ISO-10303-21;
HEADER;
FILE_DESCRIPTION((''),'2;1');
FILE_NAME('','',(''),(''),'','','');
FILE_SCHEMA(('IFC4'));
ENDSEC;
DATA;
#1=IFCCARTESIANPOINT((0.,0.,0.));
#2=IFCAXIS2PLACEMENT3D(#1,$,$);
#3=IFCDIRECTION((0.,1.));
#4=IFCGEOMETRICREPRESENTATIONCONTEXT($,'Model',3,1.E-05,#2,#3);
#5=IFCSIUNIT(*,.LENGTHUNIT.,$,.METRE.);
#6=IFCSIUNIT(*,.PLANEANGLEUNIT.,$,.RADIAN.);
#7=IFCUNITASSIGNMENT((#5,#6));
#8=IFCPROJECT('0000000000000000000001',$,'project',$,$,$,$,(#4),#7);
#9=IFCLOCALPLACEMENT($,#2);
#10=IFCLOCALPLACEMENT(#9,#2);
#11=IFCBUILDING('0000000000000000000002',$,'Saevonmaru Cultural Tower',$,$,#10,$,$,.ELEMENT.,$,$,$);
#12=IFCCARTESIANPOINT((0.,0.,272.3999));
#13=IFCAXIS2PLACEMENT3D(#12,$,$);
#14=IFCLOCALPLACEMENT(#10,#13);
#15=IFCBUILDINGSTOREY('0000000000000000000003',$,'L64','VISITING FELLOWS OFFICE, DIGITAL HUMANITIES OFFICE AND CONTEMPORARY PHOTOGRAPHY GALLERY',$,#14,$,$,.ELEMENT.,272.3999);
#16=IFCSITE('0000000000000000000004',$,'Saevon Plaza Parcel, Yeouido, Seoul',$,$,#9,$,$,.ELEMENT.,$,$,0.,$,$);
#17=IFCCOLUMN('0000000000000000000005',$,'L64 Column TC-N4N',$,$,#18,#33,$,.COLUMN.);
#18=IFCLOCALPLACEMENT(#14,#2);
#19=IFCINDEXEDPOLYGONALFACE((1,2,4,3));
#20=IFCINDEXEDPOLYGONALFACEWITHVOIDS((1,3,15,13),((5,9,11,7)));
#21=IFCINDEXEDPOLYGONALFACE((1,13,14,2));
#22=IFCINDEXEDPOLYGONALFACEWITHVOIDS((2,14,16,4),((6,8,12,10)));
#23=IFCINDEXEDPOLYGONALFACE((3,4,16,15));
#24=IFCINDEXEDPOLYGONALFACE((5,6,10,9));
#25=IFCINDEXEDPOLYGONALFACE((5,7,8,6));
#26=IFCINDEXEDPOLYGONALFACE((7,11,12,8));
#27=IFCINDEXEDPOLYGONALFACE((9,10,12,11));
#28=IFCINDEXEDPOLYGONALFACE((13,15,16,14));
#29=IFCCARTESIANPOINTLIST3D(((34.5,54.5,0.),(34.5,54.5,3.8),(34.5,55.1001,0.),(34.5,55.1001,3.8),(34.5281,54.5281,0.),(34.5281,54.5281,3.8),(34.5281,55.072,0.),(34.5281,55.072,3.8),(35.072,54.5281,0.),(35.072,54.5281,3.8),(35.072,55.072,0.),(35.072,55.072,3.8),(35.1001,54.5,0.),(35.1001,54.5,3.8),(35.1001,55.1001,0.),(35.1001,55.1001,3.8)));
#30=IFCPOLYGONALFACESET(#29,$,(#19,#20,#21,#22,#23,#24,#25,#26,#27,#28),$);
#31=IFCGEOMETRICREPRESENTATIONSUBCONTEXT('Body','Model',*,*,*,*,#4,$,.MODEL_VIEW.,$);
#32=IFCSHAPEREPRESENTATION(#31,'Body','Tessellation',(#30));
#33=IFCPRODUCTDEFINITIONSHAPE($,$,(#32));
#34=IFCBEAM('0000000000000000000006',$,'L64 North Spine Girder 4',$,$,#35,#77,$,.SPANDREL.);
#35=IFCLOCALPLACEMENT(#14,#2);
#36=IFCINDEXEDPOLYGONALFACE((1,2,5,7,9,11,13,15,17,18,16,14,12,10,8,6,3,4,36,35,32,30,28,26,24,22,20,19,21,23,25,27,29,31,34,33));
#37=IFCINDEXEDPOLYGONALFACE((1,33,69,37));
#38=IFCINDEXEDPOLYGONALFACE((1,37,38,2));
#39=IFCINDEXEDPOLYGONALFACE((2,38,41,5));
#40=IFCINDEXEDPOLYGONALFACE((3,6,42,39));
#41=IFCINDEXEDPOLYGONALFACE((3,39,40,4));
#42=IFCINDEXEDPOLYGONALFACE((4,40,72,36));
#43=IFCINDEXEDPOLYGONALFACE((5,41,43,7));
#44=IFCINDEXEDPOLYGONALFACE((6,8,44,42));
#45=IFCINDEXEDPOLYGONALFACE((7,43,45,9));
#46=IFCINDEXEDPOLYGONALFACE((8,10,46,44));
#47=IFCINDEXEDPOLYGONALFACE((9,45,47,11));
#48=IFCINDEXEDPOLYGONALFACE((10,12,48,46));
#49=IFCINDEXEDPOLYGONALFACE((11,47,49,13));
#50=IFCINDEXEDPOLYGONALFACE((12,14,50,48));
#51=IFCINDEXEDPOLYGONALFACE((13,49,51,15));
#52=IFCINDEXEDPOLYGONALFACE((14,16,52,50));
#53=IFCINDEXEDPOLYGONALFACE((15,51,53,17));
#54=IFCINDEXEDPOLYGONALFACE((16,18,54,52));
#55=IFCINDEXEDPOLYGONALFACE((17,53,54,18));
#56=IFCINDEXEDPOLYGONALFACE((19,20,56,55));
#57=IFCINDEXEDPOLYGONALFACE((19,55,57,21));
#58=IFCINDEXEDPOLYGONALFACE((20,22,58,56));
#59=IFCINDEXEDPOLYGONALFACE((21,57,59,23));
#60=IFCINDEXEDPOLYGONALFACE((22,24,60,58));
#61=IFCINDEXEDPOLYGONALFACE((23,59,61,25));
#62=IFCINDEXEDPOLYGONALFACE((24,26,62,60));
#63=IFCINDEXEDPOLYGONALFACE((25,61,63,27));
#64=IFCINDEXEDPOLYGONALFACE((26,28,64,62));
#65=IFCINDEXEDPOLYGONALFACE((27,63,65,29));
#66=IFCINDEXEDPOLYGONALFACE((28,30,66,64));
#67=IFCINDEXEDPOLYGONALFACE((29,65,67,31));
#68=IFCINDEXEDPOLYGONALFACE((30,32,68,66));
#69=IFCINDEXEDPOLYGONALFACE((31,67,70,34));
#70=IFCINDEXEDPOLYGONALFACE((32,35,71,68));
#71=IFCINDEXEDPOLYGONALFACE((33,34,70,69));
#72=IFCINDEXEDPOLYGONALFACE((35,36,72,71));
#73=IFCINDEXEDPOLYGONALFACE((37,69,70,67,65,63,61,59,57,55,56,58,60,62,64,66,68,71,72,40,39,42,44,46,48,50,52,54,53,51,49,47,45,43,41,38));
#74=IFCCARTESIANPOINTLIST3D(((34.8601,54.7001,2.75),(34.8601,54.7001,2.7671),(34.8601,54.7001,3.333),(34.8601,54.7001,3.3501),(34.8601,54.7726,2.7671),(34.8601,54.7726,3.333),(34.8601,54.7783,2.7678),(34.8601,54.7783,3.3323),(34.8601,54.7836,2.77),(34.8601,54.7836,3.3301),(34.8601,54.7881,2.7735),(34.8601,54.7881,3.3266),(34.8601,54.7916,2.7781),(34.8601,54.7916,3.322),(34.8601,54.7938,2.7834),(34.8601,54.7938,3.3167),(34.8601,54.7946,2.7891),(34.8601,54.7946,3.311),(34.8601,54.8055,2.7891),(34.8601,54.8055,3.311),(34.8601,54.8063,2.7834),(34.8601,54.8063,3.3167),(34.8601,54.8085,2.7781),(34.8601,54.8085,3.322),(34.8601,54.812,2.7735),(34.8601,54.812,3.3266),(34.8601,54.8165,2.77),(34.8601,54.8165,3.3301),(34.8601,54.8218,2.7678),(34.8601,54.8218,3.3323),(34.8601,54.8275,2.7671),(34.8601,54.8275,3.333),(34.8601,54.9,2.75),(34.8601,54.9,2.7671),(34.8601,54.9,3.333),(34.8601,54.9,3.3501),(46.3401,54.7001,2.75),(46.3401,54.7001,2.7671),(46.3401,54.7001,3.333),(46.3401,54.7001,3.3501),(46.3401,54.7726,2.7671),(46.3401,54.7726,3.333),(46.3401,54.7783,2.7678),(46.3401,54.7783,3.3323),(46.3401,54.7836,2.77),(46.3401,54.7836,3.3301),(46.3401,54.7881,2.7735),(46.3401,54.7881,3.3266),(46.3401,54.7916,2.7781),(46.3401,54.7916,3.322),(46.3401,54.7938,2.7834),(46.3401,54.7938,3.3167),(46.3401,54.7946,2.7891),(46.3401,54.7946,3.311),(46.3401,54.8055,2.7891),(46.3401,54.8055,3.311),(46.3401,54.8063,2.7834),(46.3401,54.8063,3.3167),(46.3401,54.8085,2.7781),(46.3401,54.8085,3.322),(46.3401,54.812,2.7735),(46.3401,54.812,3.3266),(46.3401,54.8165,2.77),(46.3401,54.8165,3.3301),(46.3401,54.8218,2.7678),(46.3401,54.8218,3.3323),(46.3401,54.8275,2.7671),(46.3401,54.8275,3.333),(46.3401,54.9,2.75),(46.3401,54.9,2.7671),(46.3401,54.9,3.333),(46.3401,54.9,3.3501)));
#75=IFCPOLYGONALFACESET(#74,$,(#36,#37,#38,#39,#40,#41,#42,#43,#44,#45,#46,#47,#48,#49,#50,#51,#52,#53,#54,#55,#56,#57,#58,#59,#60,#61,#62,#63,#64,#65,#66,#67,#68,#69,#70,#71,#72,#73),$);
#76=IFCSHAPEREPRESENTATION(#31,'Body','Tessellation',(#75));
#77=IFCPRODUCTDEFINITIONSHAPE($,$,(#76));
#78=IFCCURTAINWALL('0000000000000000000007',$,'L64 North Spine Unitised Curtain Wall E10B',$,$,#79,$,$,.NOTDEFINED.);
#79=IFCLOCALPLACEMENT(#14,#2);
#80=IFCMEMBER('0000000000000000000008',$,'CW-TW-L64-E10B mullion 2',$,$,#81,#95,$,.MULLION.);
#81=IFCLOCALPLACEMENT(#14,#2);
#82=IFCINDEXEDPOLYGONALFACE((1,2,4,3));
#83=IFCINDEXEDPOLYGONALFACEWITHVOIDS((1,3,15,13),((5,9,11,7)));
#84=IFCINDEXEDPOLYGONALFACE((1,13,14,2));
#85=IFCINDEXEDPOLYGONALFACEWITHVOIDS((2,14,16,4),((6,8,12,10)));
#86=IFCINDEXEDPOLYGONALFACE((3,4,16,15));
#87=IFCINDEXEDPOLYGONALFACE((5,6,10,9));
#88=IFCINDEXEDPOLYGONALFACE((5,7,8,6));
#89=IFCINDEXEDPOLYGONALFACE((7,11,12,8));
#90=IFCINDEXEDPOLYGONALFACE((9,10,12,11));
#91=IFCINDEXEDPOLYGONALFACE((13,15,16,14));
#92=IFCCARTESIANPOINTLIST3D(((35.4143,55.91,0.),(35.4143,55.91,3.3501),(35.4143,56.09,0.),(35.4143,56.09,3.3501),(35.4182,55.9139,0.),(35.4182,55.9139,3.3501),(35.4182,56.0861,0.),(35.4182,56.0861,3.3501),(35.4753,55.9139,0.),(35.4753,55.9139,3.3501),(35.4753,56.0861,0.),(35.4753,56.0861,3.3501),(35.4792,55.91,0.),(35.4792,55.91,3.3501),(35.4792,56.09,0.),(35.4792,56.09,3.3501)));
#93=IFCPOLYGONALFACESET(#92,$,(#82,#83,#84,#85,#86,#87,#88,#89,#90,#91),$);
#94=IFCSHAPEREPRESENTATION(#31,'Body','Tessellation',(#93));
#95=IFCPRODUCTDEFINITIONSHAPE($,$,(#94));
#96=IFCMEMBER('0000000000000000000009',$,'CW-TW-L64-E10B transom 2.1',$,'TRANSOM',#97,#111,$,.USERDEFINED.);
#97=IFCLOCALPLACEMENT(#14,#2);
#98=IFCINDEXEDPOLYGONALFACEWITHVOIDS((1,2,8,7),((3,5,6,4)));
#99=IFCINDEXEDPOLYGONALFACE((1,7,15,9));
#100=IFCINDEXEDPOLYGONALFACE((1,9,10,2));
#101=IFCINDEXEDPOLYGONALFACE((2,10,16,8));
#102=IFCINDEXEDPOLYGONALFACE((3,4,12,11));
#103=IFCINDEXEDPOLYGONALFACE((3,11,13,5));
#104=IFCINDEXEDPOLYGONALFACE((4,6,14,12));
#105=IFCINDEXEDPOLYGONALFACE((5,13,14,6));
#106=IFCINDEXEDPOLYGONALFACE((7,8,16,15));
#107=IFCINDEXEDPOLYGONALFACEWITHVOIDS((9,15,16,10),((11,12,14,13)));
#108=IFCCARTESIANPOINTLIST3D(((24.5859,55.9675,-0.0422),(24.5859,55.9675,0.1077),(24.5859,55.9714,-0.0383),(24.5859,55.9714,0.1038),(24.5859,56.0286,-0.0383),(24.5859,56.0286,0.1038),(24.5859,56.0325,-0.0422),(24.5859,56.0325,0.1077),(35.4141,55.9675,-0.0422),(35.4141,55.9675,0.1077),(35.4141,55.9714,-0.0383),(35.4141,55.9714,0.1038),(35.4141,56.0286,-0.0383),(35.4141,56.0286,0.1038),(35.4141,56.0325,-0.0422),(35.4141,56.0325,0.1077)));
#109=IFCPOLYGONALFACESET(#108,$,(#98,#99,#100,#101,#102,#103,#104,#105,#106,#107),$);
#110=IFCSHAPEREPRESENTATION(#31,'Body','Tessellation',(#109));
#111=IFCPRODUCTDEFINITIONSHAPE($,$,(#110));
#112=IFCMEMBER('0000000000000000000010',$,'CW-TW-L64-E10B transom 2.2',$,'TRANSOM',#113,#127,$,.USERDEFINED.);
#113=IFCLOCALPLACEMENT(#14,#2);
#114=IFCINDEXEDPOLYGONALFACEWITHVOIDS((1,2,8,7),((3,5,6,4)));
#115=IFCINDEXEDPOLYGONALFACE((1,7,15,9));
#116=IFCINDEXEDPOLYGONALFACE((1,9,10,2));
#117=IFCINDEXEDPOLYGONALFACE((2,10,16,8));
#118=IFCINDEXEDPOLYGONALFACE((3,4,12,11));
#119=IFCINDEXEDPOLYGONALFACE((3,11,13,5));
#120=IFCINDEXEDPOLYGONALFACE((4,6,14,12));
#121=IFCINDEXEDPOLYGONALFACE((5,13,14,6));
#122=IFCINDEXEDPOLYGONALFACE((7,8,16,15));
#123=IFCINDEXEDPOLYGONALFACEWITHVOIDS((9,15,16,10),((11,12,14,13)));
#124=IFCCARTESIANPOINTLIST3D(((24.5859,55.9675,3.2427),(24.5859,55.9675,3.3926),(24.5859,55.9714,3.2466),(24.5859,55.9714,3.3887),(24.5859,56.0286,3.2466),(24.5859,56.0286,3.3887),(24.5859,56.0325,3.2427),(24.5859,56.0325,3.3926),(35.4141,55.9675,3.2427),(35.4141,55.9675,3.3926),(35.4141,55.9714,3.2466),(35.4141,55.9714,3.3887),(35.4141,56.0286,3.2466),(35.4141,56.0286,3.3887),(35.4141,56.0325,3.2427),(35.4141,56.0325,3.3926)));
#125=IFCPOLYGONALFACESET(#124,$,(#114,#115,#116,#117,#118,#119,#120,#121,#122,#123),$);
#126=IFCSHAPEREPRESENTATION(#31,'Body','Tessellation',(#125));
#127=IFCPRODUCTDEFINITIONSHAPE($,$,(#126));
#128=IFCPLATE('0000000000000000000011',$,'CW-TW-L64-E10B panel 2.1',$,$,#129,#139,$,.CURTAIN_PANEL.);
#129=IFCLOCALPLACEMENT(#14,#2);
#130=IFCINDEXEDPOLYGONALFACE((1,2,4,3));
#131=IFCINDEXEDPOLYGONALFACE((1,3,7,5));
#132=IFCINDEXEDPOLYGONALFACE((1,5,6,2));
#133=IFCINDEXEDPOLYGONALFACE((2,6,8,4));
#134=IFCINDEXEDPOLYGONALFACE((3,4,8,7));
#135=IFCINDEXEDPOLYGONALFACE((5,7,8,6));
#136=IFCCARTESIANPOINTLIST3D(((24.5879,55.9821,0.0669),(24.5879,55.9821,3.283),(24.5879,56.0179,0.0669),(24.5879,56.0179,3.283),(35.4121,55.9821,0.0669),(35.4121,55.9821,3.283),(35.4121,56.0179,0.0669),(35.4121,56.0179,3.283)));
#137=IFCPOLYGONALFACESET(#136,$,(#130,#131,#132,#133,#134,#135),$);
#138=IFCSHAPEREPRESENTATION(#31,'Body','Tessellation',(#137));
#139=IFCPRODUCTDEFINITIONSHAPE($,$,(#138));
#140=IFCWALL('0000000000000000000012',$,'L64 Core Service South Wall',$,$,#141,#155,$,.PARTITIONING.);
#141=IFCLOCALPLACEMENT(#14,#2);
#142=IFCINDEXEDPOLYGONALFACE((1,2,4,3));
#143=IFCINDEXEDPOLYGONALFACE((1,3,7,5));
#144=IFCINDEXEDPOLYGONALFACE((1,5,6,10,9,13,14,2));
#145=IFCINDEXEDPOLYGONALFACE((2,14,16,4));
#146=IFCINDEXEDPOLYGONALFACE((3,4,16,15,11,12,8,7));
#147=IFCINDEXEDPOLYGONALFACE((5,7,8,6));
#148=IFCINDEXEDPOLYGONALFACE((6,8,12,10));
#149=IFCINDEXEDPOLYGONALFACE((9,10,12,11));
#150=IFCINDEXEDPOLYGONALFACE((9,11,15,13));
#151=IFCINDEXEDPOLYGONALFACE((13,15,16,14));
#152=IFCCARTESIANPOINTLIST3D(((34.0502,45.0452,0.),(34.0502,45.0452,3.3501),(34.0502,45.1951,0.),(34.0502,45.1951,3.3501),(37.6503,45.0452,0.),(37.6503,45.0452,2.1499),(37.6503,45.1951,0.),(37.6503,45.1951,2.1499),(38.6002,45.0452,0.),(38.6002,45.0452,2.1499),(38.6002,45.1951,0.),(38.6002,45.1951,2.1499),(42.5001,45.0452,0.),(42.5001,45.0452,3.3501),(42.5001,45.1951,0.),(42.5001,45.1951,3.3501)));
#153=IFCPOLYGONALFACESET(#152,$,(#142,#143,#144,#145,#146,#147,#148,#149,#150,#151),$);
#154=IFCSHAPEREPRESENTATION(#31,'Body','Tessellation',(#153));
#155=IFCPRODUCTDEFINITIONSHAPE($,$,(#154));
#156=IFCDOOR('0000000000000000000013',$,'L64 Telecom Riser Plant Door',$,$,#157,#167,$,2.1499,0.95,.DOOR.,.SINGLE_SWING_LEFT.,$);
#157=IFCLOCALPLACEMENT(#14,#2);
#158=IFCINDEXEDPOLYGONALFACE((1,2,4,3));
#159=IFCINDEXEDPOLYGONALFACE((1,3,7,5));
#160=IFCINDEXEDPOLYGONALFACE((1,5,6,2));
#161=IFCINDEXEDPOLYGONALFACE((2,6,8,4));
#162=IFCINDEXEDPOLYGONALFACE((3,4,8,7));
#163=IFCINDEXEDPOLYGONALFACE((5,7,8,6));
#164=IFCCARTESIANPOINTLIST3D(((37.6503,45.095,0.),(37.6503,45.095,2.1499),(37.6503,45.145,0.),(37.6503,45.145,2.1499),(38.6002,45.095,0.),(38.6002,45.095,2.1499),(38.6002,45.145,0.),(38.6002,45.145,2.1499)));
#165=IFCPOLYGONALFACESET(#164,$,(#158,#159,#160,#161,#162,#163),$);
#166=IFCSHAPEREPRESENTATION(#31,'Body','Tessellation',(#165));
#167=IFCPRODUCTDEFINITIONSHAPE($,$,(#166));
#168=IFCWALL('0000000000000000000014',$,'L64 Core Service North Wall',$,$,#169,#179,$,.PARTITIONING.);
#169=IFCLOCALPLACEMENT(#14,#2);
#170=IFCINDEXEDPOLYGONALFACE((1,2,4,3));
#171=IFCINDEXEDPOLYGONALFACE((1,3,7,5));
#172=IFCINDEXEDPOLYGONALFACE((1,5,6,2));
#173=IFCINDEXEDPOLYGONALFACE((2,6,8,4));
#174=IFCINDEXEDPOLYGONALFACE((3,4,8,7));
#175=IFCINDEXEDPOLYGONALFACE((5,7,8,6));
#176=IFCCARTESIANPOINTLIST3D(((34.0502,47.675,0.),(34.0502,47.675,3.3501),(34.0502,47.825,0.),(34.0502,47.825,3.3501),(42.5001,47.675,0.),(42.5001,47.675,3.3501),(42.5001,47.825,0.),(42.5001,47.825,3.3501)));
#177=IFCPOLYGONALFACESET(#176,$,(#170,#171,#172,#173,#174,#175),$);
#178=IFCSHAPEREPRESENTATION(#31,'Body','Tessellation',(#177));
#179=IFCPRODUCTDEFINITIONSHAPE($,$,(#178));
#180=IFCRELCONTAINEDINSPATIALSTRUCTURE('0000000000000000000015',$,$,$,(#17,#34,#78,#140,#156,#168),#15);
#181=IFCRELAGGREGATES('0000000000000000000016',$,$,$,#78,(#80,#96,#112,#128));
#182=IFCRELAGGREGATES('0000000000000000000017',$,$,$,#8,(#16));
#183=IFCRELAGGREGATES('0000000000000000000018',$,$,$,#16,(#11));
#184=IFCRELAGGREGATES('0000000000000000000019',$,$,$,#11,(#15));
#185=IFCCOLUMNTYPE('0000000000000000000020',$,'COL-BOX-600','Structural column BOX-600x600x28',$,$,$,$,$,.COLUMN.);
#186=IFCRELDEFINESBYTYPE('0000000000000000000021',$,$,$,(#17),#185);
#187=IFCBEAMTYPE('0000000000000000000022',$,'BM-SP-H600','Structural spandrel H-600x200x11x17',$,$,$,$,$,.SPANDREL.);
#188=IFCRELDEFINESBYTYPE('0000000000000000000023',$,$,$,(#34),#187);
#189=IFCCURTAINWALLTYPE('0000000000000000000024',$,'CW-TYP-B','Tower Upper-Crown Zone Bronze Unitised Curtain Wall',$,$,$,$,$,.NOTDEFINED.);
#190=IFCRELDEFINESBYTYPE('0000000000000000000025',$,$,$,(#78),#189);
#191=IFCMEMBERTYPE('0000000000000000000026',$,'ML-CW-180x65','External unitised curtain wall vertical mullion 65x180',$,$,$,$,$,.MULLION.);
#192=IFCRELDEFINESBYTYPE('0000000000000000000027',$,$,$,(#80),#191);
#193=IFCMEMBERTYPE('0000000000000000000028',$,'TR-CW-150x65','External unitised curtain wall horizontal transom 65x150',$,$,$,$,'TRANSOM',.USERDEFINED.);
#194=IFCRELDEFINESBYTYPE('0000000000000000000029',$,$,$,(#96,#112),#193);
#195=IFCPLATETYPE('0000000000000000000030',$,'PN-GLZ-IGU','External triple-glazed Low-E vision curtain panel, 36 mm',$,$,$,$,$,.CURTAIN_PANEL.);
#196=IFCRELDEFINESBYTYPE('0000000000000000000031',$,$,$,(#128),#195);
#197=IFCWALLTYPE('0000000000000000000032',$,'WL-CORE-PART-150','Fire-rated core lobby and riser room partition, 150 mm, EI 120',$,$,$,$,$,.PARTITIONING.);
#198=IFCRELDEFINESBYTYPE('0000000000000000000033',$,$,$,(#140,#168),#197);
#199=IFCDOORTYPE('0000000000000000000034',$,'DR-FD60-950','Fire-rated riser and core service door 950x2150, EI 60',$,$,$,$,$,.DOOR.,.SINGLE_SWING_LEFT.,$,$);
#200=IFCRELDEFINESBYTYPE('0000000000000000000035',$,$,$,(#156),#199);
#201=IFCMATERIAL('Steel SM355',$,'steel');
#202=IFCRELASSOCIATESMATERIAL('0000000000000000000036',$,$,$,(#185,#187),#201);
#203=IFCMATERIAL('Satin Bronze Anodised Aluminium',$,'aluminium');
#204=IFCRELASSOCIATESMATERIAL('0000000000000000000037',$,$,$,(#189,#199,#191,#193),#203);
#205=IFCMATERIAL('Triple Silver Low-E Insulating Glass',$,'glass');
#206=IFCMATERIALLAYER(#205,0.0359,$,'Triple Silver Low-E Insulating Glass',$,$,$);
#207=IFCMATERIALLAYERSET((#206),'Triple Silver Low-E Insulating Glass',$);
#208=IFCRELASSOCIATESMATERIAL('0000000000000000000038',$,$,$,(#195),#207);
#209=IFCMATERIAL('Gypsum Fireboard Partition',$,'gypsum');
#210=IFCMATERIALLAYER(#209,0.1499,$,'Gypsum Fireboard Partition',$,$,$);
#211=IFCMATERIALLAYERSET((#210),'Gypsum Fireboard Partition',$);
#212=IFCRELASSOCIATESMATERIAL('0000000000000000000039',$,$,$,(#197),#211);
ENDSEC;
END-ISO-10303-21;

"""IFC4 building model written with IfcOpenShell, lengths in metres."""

from ifc_helpers import new_model, si_unit, direction, frame, frame_2d, origin, origin_2d, place, context, subcontext, project, spatial, rectangle, hollow_rectangle, i_section, extrude, material, layer, layer_set, material_profile, profile_set, type_object, element, fill, aggregate, save


model = new_model("IFC4")

# Units and contexts
model_context = context("Model", 3, precision=1e-05, world=origin(), true_north=direction((0.0, 1.0)))
body_context = subcontext(model_context, "Body", "Model", "MODEL_VIEW")
ifc_project = project(units=[si_unit("LENGTHUNIT", "METRE"), si_unit("PLANEANGLEUNIT", "RADIAN")], contexts=[model_context])

# Site, building, storey
site_placement = place(None, origin())
site = spatial("IfcSite", under=ifc_project, at=site_placement, Name="Saevon Plaza Parcel, Yeouido, Seoul", CompositionType="ELEMENT", RefElevation=0.0)
building_placement = place(site_placement, origin())
building = spatial("IfcBuilding", under=site, at=building_placement, Name="Saevonmaru Cultural Tower", CompositionType="ELEMENT")
storey_placement = place(building_placement, frame((0.0, 0.0, 272.3999)))
storey = spatial("IfcBuildingStorey", under=building, at=storey_placement, Name="L64", Description="VISITING FELLOWS OFFICE, DIGITAL HUMANITIES OFFICE AND CONTEMPORARY PHOTOGRAPHY GALLERY", CompositionType="ELEMENT", Elevation=272.3999)

# Column
ifc_material_1 = material(Name="Steel SM355", Category="steel")
ifc_material_profile_1 = material_profile(ifc_material_1, hollow_rectangle(XDim=0.6001, YDim=0.6001, WallThickness=0.0281, at=origin_2d()), Name="BOX-600x600x28")
ifc_profile_set_1 = profile_set([ifc_material_profile_1], Name="Steel SM355")
column_type = type_object("IfcColumnType", Name="COL-BOX-600", Description="Structural column BOX-600x600x28", PredefinedType="COLUMN", material=ifc_profile_set_1)
column_placement = place(storey_placement, frame((34.8, 54.8, 0.0), z_axis=(0.0, 0.0, 1.0), x_axis=(1.0, 0.0, 0.0)))
element("IfcColumn", 1, at=column_placement, inside=storey, type_object=column_type, Name="L64 Column TC-N4N", PredefinedType="COLUMN", context=body_context, shape_type="SweptSolid", body=[
    extrude(hollow_rectangle(XDim=0.6001, YDim=0.6001, WallThickness=0.0281, at=origin_2d()), origin(), (0.0, 0.0, 1.0), 3.8),
])

# Beam
ifc_material_profile_2 = material_profile(ifc_material_1, i_section(OverallWidth=0.2, OverallDepth=0.6001, WebThickness=0.011, FlangeThickness=0.0171, FilletRadius=0.022, at=origin_2d()), Name="H-600x200x11x17")
ifc_profile_set_2 = profile_set([ifc_material_profile_2], Name="Steel SM355")
beam_type = type_object("IfcBeamType", Name="BM-SP-H600", Description="Structural spandrel H-600x200x11x17", PredefinedType="SPANDREL", material=ifc_profile_set_2)
beam_placement = place(storey_placement, frame((34.8601, 54.8, 3.05), z_axis=(1.0, 0.0, 0.0), x_axis=(0.0, 1.0, 0.0)))
element("IfcBeam", 2, at=beam_placement, inside=storey, type_object=beam_type, Name="L64 North Spine Girder 4", PredefinedType="SPANDREL", context=body_context, shape_type="SweptSolid", body=[
    extrude(i_section(OverallWidth=0.2, OverallDepth=0.6001, WebThickness=0.011, FlangeThickness=0.0171, FilletRadius=0.022, at=origin_2d()), origin(), (0.0, 0.0, 1.0), 11.48),
])

# Curtain wall, members, plate
ifc_material_2 = material(Name="Satin Bronze Anodised Aluminium", Category="aluminium")
curtain_wall_type = type_object("IfcCurtainWallType", Name="CW-TYP-B", Description="Tower Upper-Crown Zone Bronze Unitised Curtain Wall", PredefinedType="NOTDEFINED", material=ifc_material_2)
curtain_wall_placement = place(storey_placement, origin())
curtain_wall = element("IfcCurtainWall", 3, at=curtain_wall_placement, inside=storey, type_object=curtain_wall_type, Name="L64 North Spine Unitised Curtain Wall E10B", PredefinedType="NOTDEFINED")
ifc_material_profile_3 = material_profile(ifc_material_2, hollow_rectangle(XDim=0.0649, YDim=0.1799, WallThickness=0.0039, at=origin_2d()), Name="ALU-MULL-180x65x4")
ifc_profile_set_3 = profile_set([ifc_material_profile_3], Name="Satin Bronze Anodised Aluminium")
member_type_1 = type_object("IfcMemberType", Name="ML-CW-180x65", Description="External unitised curtain wall vertical mullion 65x180", PredefinedType="MULLION", material=ifc_profile_set_3)
member_1_placement = place(storey_placement, frame((35.4468, 56.0, 0.0), z_axis=(0.0, 0.0, 1.0), x_axis=(-1.0, 0.0, 0.0)))
member_1 = element("IfcMember", 4, at=member_1_placement, type_object=member_type_1, Name="CW-TW-L64-E10B mullion 2", PredefinedType="MULLION", context=body_context, shape_type="SweptSolid", body=[
    extrude(hollow_rectangle(XDim=0.0649, YDim=0.1799, WallThickness=0.0039, at=origin_2d()), origin(), (0.0, 0.0, 1.0), 3.3501),
])
ifc_material_profile_4 = material_profile(ifc_material_2, hollow_rectangle(XDim=0.0649, YDim=0.1499, WallThickness=0.0039, at=origin_2d()), Name="ALU-TRAN-150x65x4")
ifc_profile_set_4 = profile_set([ifc_material_profile_4], Name="Satin Bronze Anodised Aluminium")
member_type_2 = type_object("IfcMemberType", Name="TR-CW-150x65", Description="External unitised curtain wall horizontal transom 65x150", ElementType="TRANSOM", PredefinedType="USERDEFINED", material=ifc_profile_set_4)
member_2_placement = place(storey_placement, frame((35.4141, 56.0, 0.0327), z_axis=(-1.0, 0.0, 0.0), x_axis=(0.0, -1.0, 0.0)))
member_2 = element("IfcMember", 5, at=member_2_placement, type_object=member_type_2, Name="CW-TW-L64-E10B transom 2.1", ObjectType="TRANSOM", PredefinedType="USERDEFINED", context=body_context, shape_type="SweptSolid", body=[
    extrude(hollow_rectangle(XDim=0.0649, YDim=0.1499, WallThickness=0.0039, at=origin_2d()), origin(), (0.0, 0.0, 1.0), 10.8281),
])
member_3_placement = place(storey_placement, frame((35.4141, 56.0, 3.3176), z_axis=(-1.0, 0.0, 0.0), x_axis=(0.0, -1.0, 0.0)))
member_3 = element("IfcMember", 6, at=member_3_placement, type_object=member_type_2, Name="CW-TW-L64-E10B transom 2.2", ObjectType="TRANSOM", PredefinedType="USERDEFINED", context=body_context, shape_type="SweptSolid", body=[
    extrude(hollow_rectangle(XDim=0.0649, YDim=0.1499, WallThickness=0.0039, at=origin_2d()), origin(), (0.0, 0.0, 1.0), 10.8281),
])
ifc_material_3 = material(Name="Triple Silver Low-E Insulating Glass", Category="glass")
ifc_layer_1 = layer(ifc_material_3, 0.0359, Name="Triple Silver Low-E Insulating Glass")
ifc_layer_set_1 = layer_set([ifc_layer_1], Name="Triple Silver Low-E Insulating Glass")
plate_type = type_object("IfcPlateType", Name="PN-GLZ-IGU", Description="External triple-glazed Low-E vision curtain panel, 36 mm", PredefinedType="CURTAIN_PANEL", material=ifc_layer_set_1)
plate_placement = place(storey_placement, frame((30.0, 56.0, 0.0669), z_axis=(0.0, 0.0, 1.0), x_axis=(-1.0, 0.0, 0.0)))
plate = element("IfcPlate", 7, at=plate_placement, type_object=plate_type, Name="CW-TW-L64-E10B panel 2.1", PredefinedType="CURTAIN_PANEL", context=body_context, shape_type="SweptSolid", body=[
    extrude(rectangle(XDim=10.8242, YDim=0.0359, at=origin_2d()), origin(), (0.0, 0.0, 1.0), 3.2161),
])
aggregate(curtain_wall, [member_1, member_2, member_3, plate])

# Wall, opening, door
ifc_material_4 = material(Name="Gypsum Fireboard Partition", Category="gypsum")
ifc_layer_2 = layer(ifc_material_4, 0.1499, Name="Gypsum Fireboard Partition")
ifc_layer_set_2 = layer_set([ifc_layer_2], Name="Gypsum Fireboard Partition")
wall_type_1 = type_object("IfcWallType", Name="WL-CORE-PART-150", Description="Fire-rated core lobby and riser room partition, 150 mm, EI 120", PredefinedType="PARTITIONING", material=ifc_layer_set_2)
wall_1_placement = place(storey_placement, frame((34.05, 45.1201, 0.0), z_axis=(0.0, 0.0, 1.0), x_axis=(1.0, 0.0, 0.0)))
wall_1 = element("IfcWall", 8, at=wall_1_placement, inside=storey, type_object=wall_type_1, Name="L64 Core Service South Wall", PredefinedType="PARTITIONING", context=body_context, shape_type="SweptSolid", body=[
    extrude(rectangle(XDim=8.45, YDim=0.1499, at=frame_2d((4.2251, 0.0))), origin(), (0.0, 0.0, 1.0), 3.3501),
])
opening_1_placement = place(wall_1_placement, frame((3.6001, 0.0, 0.0)))
opening_1 = element("IfcOpeningElement", 9, at=opening_1_placement, cuts=wall_1, PredefinedType="OPENING", context=body_context, shape_type="SweptSolid", body=[
    extrude(rectangle(XDim=0.95, YDim=2.1499, at=frame_2d((0.4751, 1.075))), frame((0.0, 0.085, 0.0), z_axis=(0.0, -1.0, 0.0), x_axis=(1.0, 0.0, 0.0)), (0.0, 0.0, 1.0), 0.1699),
])
door_type_1 = type_object("IfcDoorType", Name="DR-FD60-950", Description="Fire-rated riser and core service door 950x2150, EI 60", OperationType="SINGLE_SWING_LEFT", PredefinedType="DOOR", material=ifc_material_2)
door_1_placement = place(opening_1_placement, origin())
door_1 = element("IfcDoor", 10, at=door_1_placement, inside=storey, type_object=door_type_1, Name="L64 Telecom Riser Plant Door", OperationType="SINGLE_SWING_LEFT", OverallHeight=2.1499, OverallWidth=0.95, PredefinedType="DOOR", context=body_context, shape_type="SweptSolid", body=[
    extrude(rectangle(XDim=0.95, YDim=2.1499, at=frame_2d((0.4751, 1.075))), frame((0.0, 0.0249, 0.0), z_axis=(0.0, -1.0, 0.0), x_axis=(1.0, 0.0, 0.0)), (0.0, 0.0, 1.0), 0.05),
])
fill(opening_1, door_1)

# Wall
wall_2_placement = place(storey_placement, frame((34.05, 47.75, 0.0), z_axis=(0.0, 0.0, 1.0), x_axis=(1.0, 0.0, 0.0)))
element("IfcWall", 11, at=wall_2_placement, inside=storey, type_object=wall_type_1, Name="L64 Core Service North Wall", PredefinedType="PARTITIONING", context=body_context, shape_type="SweptSolid", body=[
    extrude(rectangle(XDim=8.45, YDim=0.1499, at=frame_2d((4.2251, 0.0))), origin(), (0.0, 0.0, 1.0), 3.3501),
])

save(model, "model.ifc")
